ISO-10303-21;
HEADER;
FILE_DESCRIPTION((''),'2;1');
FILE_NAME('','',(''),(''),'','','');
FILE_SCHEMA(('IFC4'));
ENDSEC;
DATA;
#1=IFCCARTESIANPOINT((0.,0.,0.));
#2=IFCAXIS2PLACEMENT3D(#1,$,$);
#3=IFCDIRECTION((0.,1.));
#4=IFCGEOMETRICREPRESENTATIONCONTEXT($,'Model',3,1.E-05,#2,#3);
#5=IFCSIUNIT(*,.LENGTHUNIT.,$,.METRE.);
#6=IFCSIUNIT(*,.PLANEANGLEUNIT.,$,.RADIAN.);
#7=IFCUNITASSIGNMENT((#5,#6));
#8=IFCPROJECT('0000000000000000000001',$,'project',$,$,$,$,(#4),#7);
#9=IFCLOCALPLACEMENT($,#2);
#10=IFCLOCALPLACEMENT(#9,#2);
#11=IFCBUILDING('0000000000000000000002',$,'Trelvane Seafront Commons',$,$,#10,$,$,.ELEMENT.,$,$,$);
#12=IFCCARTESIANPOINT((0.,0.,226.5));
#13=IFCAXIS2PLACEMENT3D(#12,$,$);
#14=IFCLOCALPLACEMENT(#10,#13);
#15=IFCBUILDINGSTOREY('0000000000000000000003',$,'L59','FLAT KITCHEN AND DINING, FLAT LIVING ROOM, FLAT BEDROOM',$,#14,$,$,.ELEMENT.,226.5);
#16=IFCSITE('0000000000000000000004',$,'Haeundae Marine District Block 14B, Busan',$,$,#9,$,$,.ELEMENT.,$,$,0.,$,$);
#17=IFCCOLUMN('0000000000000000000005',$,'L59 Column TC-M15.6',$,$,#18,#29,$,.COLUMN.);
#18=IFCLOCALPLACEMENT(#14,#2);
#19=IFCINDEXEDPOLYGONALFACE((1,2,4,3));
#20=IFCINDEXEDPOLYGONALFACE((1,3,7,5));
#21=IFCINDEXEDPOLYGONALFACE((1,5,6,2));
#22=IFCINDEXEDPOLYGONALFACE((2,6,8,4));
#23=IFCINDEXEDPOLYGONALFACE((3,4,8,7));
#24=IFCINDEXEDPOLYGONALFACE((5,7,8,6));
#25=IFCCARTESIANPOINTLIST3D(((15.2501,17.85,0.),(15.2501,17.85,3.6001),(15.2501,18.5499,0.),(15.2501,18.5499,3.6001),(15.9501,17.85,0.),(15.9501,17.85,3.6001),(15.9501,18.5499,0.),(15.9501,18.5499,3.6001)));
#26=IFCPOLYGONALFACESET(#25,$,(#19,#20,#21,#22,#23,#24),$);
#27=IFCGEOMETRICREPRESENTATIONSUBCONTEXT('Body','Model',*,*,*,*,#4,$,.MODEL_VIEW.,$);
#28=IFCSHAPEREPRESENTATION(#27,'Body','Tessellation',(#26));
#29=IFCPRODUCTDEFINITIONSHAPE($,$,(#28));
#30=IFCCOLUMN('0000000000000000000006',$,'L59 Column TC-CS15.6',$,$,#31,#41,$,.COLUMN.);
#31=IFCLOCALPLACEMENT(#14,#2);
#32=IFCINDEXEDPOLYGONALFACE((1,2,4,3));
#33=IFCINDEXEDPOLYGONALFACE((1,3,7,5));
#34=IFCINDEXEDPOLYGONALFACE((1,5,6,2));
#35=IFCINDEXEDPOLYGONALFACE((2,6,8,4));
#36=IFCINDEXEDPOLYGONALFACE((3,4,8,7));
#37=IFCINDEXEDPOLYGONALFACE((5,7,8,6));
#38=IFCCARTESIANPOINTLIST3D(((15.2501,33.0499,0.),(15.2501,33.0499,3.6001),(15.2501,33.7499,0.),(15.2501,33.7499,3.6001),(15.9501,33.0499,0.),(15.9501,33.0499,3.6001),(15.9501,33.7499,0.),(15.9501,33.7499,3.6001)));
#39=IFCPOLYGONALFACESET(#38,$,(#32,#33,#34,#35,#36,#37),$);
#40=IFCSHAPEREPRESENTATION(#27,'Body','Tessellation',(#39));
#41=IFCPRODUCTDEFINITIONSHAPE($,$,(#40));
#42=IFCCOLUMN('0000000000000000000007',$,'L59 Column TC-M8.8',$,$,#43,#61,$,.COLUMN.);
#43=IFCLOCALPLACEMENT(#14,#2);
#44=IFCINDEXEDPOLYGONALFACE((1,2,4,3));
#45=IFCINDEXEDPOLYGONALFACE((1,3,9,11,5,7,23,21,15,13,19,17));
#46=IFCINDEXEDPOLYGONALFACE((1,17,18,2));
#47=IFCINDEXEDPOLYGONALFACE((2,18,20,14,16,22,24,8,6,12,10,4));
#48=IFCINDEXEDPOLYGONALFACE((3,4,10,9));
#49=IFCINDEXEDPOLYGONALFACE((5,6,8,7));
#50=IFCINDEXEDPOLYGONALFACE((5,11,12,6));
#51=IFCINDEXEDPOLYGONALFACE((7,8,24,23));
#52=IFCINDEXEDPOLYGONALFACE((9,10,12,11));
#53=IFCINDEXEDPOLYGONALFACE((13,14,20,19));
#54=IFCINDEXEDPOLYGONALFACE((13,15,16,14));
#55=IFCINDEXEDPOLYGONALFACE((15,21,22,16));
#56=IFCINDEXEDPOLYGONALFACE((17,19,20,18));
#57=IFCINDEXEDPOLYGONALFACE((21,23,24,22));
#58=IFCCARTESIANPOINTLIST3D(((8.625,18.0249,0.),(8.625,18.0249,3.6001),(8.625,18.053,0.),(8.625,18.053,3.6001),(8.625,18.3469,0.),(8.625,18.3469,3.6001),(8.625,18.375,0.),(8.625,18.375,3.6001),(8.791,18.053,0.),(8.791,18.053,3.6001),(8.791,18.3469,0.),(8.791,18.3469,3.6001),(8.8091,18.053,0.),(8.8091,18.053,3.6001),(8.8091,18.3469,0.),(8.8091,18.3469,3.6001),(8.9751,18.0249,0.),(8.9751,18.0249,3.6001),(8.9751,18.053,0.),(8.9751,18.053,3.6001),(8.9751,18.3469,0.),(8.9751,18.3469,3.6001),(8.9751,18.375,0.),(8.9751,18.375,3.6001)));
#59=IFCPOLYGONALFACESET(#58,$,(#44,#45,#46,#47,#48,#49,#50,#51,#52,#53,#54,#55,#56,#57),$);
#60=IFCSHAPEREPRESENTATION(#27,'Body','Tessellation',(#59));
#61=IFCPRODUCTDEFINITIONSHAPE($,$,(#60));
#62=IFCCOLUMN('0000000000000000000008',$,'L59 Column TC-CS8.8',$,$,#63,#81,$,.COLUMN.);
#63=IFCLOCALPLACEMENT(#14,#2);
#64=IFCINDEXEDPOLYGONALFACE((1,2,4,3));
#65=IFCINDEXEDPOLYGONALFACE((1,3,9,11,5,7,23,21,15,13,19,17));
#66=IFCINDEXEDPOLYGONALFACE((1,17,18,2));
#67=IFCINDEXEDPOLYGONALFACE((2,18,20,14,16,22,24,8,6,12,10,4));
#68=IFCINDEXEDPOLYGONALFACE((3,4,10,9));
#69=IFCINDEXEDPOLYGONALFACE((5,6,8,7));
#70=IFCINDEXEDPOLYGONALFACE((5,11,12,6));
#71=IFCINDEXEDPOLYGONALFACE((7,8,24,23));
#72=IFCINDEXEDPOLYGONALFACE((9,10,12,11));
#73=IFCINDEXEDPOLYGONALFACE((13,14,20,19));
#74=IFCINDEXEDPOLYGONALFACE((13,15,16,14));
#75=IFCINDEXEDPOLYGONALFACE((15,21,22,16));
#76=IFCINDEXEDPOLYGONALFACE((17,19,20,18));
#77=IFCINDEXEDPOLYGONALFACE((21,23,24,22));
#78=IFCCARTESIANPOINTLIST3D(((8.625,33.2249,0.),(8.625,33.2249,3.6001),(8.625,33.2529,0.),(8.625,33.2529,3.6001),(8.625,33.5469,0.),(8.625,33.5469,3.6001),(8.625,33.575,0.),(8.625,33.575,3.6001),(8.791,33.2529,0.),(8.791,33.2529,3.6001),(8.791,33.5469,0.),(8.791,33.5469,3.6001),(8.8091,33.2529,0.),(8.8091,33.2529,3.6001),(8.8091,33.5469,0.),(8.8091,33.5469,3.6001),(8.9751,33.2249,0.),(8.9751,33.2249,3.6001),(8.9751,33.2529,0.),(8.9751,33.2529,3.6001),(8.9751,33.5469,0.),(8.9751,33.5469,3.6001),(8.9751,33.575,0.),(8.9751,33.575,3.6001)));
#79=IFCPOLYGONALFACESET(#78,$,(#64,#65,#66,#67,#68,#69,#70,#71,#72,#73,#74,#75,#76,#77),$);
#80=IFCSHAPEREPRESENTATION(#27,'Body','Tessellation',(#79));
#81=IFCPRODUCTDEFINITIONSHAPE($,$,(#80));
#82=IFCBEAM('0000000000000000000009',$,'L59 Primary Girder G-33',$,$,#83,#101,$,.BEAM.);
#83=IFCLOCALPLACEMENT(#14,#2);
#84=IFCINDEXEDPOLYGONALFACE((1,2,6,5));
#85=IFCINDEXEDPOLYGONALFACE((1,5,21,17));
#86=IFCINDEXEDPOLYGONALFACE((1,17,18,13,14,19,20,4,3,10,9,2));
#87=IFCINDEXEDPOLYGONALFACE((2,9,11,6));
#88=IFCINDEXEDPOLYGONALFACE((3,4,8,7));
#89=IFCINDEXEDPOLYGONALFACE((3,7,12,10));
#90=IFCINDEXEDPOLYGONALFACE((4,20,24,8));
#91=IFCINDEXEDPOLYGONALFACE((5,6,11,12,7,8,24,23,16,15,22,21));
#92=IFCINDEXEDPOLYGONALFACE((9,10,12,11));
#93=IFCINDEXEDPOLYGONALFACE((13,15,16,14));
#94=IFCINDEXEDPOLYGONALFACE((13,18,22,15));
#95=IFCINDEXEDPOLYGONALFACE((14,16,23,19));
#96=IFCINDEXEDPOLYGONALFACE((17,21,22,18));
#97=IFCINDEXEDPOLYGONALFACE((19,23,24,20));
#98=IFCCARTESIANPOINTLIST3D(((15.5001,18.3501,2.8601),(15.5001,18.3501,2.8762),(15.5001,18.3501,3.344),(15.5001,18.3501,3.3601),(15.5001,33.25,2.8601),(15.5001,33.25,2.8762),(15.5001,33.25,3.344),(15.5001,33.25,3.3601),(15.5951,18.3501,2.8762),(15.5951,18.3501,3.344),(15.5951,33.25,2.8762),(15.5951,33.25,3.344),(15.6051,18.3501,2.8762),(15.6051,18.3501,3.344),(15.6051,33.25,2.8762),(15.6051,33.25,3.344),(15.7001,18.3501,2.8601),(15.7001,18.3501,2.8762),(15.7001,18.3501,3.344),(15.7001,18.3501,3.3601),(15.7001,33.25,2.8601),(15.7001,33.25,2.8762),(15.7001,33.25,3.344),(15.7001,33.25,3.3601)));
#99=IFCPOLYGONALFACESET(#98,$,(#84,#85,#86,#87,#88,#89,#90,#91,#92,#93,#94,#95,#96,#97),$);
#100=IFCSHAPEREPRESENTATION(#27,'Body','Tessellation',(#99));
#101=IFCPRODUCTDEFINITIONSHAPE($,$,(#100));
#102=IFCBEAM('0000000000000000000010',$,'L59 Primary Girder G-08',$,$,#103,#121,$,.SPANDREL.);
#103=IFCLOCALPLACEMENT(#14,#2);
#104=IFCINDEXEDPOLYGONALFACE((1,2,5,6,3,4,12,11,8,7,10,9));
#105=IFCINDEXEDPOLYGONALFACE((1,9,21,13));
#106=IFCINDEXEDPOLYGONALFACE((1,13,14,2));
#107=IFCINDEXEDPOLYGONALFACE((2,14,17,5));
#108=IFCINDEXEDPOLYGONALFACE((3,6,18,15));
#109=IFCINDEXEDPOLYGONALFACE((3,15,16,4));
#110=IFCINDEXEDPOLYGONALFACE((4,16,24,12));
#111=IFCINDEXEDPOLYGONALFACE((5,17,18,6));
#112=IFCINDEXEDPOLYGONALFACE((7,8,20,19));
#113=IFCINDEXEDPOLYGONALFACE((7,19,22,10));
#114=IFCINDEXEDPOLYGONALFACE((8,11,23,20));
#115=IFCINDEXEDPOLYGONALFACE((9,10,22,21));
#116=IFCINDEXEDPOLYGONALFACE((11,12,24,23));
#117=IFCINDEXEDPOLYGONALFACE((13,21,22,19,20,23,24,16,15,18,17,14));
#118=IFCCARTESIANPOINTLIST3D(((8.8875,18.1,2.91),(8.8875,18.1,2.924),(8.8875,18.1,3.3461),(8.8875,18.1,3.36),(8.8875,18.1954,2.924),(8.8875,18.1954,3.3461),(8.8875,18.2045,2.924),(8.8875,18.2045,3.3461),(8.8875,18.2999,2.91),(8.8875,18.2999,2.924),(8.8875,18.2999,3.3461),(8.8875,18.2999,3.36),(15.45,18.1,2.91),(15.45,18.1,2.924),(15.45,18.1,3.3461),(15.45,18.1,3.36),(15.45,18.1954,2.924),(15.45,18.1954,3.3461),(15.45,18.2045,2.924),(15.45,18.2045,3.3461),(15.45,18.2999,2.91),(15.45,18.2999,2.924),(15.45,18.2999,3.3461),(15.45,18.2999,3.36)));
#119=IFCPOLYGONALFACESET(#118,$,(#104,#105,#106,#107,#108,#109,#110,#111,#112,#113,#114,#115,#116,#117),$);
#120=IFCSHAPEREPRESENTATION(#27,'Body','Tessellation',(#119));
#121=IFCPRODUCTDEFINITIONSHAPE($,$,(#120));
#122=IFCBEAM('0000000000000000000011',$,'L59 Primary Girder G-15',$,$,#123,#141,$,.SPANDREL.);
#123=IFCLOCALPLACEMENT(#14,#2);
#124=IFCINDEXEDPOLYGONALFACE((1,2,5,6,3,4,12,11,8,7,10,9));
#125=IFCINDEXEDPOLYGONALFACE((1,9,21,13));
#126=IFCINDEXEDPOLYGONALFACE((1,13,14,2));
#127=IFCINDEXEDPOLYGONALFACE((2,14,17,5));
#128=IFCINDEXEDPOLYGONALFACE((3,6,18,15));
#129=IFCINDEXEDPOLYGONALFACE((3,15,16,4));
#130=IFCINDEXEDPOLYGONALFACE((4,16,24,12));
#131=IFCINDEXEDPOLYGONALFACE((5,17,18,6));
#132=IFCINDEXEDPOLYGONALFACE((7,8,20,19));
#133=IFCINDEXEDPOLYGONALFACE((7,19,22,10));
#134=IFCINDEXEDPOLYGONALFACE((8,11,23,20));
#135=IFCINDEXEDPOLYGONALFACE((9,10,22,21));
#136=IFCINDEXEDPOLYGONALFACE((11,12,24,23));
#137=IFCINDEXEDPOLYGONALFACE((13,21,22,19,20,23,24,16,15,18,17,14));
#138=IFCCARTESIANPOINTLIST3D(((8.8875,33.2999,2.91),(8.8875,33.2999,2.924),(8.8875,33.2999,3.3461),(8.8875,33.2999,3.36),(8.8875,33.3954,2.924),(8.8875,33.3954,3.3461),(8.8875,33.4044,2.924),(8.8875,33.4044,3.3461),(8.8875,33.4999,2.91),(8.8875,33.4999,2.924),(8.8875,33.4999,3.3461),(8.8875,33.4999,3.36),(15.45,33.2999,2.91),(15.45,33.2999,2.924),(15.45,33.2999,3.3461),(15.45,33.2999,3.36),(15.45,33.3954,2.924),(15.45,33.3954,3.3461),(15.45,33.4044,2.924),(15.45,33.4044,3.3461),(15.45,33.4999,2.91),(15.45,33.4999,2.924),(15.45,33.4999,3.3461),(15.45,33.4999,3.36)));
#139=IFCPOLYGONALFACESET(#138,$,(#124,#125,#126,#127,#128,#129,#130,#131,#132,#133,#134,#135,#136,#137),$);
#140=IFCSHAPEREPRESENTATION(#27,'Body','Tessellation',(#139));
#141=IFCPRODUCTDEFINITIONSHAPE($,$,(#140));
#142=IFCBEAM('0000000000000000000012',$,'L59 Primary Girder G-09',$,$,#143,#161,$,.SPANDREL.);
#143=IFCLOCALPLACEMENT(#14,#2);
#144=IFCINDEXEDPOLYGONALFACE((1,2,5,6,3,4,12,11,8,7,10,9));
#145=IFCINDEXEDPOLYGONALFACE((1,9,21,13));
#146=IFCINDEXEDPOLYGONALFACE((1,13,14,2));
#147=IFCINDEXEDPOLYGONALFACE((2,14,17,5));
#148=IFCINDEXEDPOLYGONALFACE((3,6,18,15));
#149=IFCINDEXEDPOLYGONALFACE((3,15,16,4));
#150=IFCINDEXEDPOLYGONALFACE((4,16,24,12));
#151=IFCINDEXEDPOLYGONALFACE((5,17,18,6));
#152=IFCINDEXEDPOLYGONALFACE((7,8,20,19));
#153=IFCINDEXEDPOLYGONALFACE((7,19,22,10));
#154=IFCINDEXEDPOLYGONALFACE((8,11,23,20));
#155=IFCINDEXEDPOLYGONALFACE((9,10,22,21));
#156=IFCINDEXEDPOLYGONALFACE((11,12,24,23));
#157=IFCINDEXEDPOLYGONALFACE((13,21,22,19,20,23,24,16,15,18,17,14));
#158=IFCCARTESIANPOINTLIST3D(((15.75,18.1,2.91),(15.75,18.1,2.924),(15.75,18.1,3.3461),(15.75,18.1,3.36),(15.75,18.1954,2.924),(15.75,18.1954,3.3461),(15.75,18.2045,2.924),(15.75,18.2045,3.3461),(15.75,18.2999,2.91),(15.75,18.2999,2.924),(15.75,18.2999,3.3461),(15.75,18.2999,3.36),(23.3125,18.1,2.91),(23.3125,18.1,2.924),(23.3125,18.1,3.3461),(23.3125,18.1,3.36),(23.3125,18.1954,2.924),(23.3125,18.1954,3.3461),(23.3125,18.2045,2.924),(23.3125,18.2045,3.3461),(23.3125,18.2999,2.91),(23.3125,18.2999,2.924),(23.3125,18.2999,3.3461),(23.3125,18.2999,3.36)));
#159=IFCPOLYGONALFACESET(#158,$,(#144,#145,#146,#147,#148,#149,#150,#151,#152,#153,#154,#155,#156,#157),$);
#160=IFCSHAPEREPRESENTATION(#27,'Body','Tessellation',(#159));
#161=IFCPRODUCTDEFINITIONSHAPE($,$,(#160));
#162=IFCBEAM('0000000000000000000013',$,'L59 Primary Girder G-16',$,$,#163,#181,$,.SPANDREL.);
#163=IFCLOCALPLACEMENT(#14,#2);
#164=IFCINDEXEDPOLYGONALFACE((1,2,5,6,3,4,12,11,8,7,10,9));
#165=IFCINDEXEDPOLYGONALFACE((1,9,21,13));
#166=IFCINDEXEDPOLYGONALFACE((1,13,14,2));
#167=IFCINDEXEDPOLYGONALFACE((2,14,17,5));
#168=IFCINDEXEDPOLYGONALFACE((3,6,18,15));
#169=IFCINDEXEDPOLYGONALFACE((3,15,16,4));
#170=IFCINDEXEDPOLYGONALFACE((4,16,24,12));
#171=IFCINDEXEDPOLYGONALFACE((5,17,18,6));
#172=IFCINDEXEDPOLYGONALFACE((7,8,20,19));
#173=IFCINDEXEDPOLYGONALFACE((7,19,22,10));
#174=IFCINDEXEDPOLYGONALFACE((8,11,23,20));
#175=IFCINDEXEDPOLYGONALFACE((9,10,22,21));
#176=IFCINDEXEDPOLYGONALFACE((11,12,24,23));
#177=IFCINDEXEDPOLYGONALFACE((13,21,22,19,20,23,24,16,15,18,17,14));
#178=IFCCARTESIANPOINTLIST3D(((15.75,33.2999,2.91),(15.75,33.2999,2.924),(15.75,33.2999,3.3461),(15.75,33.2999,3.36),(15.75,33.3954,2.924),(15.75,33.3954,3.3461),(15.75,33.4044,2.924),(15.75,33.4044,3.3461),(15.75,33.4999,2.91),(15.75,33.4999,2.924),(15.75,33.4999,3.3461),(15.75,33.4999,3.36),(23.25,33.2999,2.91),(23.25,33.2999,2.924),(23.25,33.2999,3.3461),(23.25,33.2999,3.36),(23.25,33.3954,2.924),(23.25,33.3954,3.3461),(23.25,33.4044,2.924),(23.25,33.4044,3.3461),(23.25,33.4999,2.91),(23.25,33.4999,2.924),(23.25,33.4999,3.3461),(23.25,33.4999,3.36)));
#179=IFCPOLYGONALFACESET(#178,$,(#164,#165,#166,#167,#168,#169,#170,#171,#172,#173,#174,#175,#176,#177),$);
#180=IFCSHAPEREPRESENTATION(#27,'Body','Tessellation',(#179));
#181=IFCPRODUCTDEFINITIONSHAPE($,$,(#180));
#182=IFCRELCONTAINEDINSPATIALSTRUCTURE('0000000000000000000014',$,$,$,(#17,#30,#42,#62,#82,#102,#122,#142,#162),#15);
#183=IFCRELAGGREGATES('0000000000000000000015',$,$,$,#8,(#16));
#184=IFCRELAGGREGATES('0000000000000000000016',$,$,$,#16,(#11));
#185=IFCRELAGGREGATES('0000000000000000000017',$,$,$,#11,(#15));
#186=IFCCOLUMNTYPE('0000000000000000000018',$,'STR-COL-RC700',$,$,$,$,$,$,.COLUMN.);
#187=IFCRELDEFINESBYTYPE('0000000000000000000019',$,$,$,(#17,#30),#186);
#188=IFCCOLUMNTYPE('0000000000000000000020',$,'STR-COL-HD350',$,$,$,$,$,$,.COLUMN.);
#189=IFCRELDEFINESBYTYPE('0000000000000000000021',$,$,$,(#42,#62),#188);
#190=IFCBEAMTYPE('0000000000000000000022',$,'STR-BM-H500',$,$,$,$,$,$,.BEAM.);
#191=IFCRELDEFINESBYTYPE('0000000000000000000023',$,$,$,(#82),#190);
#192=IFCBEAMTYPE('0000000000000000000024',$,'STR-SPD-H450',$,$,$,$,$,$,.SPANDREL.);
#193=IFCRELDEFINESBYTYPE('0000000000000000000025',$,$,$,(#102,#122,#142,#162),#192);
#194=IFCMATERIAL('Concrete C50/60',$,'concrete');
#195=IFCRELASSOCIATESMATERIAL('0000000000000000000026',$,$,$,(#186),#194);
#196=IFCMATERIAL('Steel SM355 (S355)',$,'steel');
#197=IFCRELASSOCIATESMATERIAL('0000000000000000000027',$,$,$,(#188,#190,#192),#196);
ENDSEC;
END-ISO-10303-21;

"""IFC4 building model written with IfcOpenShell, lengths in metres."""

from ifc_helpers import new_model, si_unit, direction, frame, origin, origin_2d, place, context, subcontext, project, spatial, rectangle, i_section, extrude, source, transform, mapped, material, material_profile, profile_set, type_object, element, save


model = new_model("IFC4")

# Units and contexts
model_context = context("Model", 3, precision=1e-05, world=origin(), true_north=direction((0.0, 1.0)))
body_context = subcontext(model_context, "Body", "Model", "MODEL_VIEW")
ifc_project = project(units=[si_unit("LENGTHUNIT", "METRE"), si_unit("PLANEANGLEUNIT", "RADIAN")], contexts=[model_context])

# Site, building, storey
site_placement = place(None, origin())
site = spatial("IfcSite", under=ifc_project, at=site_placement, Name="Haeundae Marine District Block 14B, Busan", CompositionType="ELEMENT", RefElevation=0.0)
building_placement = place(site_placement, origin())
building = spatial("IfcBuilding", under=site, at=building_placement, Name="Trelvane Seafront Commons", CompositionType="ELEMENT")
storey_placement = place(building_placement, frame((0.0, 0.0, 226.5)))
storey = spatial("IfcBuildingStorey", under=building, at=storey_placement, Name="L59", Description="FLAT KITCHEN AND DINING, FLAT LIVING ROOM, FLAT BEDROOM", CompositionType="ELEMENT", Elevation=226.5)

# Columns
ifc_material_1 = material(Name="Concrete C50/60", Category="concrete")
ifc_material_profile_1 = material_profile(ifc_material_1, rectangle(XDim=0.7, YDim=0.7, at=origin_2d()), Name="RC-700x700")
ifc_profile_set_1 = profile_set([ifc_material_profile_1], Name="Concrete C50/60")
column_type_1 = type_object("IfcColumnType", Name="STR-COL-RC700", PredefinedType="COLUMN", material=ifc_profile_set_1)
shared_shape_1 = source(origin(), body_context, "Body", "SweptSolid", [
    extrude(rectangle(XDim=0.7, YDim=0.7, at=origin_2d()), origin(), (0.0, 0.0, 1.0), 3.6001),
])
for number, where, z_axis, x_axis, name in (
    (1, (15.6001, 18.2, 0.0), (0.0, 0.0, 1.0), (1.0, 0.0, 0.0), "L59 Column TC-M15.6"),
    (2, (15.6001, 33.3999, 0.0), (0.0, 0.0, 1.0), (1.0, 0.0, 0.0), "L59 Column TC-CS15.6"),
):
    element("IfcColumn", number, at=place(storey_placement, frame(where, z_axis=z_axis, x_axis=x_axis)), inside=storey, type_object=column_type_1, Name=name, PredefinedType="COLUMN", context=body_context, shape_type="MappedRepresentation", body=[
        mapped(shared_shape_1, transform((0.0, 0.0, 0.0), x_axis=(1.0, 0.0, 0.0), y_axis=(0.0, 1.0, 0.0), z_axis=(0.0, 0.0, 1.0), scale=1.0)),
    ])
ifc_material_2 = material(Name="Steel SM355 (S355)", Category="steel")
ifc_material_profile_2 = material_profile(ifc_material_2, i_section(OverallWidth=0.3501, OverallDepth=0.3501, WebThickness=0.0181, FlangeThickness=0.0281, at=origin_2d()), Name="HD-350x350x18x28")
ifc_profile_set_2 = profile_set([ifc_material_profile_2], Name="Steel SM355 (S355)")
column_type_2 = type_object("IfcColumnType", Name="STR-COL-HD350", PredefinedType="COLUMN", material=ifc_profile_set_2)
shared_shape_2 = source(origin(), body_context, "Body", "SweptSolid", [
    extrude(i_section(OverallWidth=0.3501, OverallDepth=0.3501, WebThickness=0.0181, FlangeThickness=0.0281, at=origin_2d()), origin(), (0.0, 0.0, 1.0), 3.6001),
])
for number, where, z_axis, x_axis, name in (
    (3, (8.8, 18.2, 0.0), (0.0, 0.0, 1.0), (1.0, 0.0, 0.0), "L59 Column TC-M8.8"),
    (4, (8.8, 33.3999, 0.0), (0.0, 0.0, 1.0), (1.0, 0.0, 0.0), "L59 Column TC-CS8.8"),
):
    element("IfcColumn", number, at=place(storey_placement, frame(where, z_axis=z_axis, x_axis=x_axis)), inside=storey, type_object=column_type_2, Name=name, PredefinedType="COLUMN", context=body_context, shape_type="MappedRepresentation", body=[
        mapped(shared_shape_2, transform((0.0, 0.0, 0.0), x_axis=(1.0, 0.0, 0.0), y_axis=(0.0, 1.0, 0.0), z_axis=(0.0, 0.0, 1.0), scale=1.0)),
    ])

# Beams
ifc_material_profile_3 = material_profile(ifc_material_2, i_section(OverallWidth=0.2, OverallDepth=0.5, WebThickness=0.01, FlangeThickness=0.0161, at=origin_2d()), Name="H-500x200x10x16")
ifc_profile_set_3 = profile_set([ifc_material_profile_3], Name="Steel SM355 (S355)")
beam_type_1 = type_object("IfcBeamType", Name="STR-BM-H500", PredefinedType="BEAM", material=ifc_profile_set_3)
shared_shape_3 = source(origin(), body_context, "Body", "SweptSolid", [
    extrude(i_section(OverallWidth=0.2, OverallDepth=0.5, WebThickness=0.01, FlangeThickness=0.0161, at=origin_2d()), origin(), (0.0, 0.0, 1.0), 14.8999),
])
beam_1_placement = place(storey_placement, frame((15.6001, 18.3501, 3.1101), z_axis=(0.0, 1.0, 0.0), x_axis=(-1.0, 0.0, 0.0)))
element("IfcBeam", 5, at=beam_1_placement, inside=storey, type_object=beam_type_1, Name="L59 Primary Girder G-33", PredefinedType="BEAM", context=body_context, shape_type="MappedRepresentation", body=[
    mapped(shared_shape_3, transform((0.0, 0.0, 0.0), x_axis=(1.0, 0.0, 0.0), y_axis=(0.0, 1.0, 0.0), z_axis=(0.0, 0.0, 1.0), scale=1.0)),
])
ifc_material_profile_4 = material_profile(ifc_material_2, i_section(OverallWidth=0.2, OverallDepth=0.45, WebThickness=0.009, FlangeThickness=0.0139, at=origin_2d()), Name="H-450x200x9x14")
ifc_profile_set_4 = profile_set([ifc_material_profile_4], Name="Steel SM355 (S355)")
beam_type_2 = type_object("IfcBeamType", Name="STR-SPD-H450", PredefinedType="SPANDREL", material=ifc_profile_set_4)
shared_shape_4 = source(origin(), body_context, "Body", "SweptSolid", [
    extrude(i_section(OverallWidth=0.2, OverallDepth=0.45, WebThickness=0.009, FlangeThickness=0.0139, at=origin_2d()), origin(), (0.0, 0.0, 1.0), 6.5625),
])
for number, where, z_axis, x_axis, name in (
    (6, (8.8875, 18.2, 3.135), (1.0, 0.0, 0.0), (0.0, 1.0, 0.0), "L59 Primary Girder G-08"),
    (7, (8.8875, 33.3999, 3.135), (1.0, 0.0, 0.0), (0.0, 1.0, 0.0), "L59 Primary Girder G-15"),
):
    element("IfcBeam", number, at=place(storey_placement, frame(where, z_axis=z_axis, x_axis=x_axis)), inside=storey, type_object=beam_type_2, Name=name, PredefinedType="SPANDREL", context=body_context, shape_type="MappedRepresentation", body=[
        mapped(shared_shape_4, transform((0.0, 0.0, 0.0), x_axis=(1.0, 0.0, 0.0), y_axis=(0.0, 1.0, 0.0), z_axis=(0.0, 0.0, 1.0), scale=1.0)),
    ])
shared_shape_5 = source(origin(), body_context, "Body", "SweptSolid", [
    extrude(i_section(OverallWidth=0.2, OverallDepth=0.45, WebThickness=0.009, FlangeThickness=0.0139, at=origin_2d()), origin(), (0.0, 0.0, 1.0), 7.5625),
])
beam_2_placement = place(storey_placement, frame((15.75, 18.2, 3.135), z_axis=(1.0, 0.0, 0.0), x_axis=(0.0, 1.0, 0.0)))
element("IfcBeam", 8, at=beam_2_placement, inside=storey, type_object=beam_type_2, Name="L59 Primary Girder G-09", PredefinedType="SPANDREL", context=body_context, shape_type="MappedRepresentation", body=[
    mapped(shared_shape_5, transform((0.0, 0.0, 0.0), x_axis=(1.0, 0.0, 0.0), y_axis=(0.0, 1.0, 0.0), z_axis=(0.0, 0.0, 1.0), scale=1.0)),
])
shared_shape_6 = source(origin(), body_context, "Body", "SweptSolid", [
    extrude(i_section(OverallWidth=0.2, OverallDepth=0.45, WebThickness=0.009, FlangeThickness=0.0139, at=origin_2d()), origin(), (0.0, 0.0, 1.0), 7.5),
])
beam_3_placement = place(storey_placement, frame((15.75, 33.3999, 3.135), z_axis=(1.0, 0.0, 0.0), x_axis=(0.0, 1.0, 0.0)))
element("IfcBeam", 9, at=beam_3_placement, inside=storey, type_object=beam_type_2, Name="L59 Primary Girder G-16", PredefinedType="SPANDREL", context=body_context, shape_type="MappedRepresentation", body=[
    mapped(shared_shape_6, transform((0.0, 0.0, 0.0), x_axis=(1.0, 0.0, 0.0), y_axis=(0.0, 1.0, 0.0), z_axis=(0.0, 0.0, 1.0), scale=1.0)),
])

save(model, "model.ifc")
